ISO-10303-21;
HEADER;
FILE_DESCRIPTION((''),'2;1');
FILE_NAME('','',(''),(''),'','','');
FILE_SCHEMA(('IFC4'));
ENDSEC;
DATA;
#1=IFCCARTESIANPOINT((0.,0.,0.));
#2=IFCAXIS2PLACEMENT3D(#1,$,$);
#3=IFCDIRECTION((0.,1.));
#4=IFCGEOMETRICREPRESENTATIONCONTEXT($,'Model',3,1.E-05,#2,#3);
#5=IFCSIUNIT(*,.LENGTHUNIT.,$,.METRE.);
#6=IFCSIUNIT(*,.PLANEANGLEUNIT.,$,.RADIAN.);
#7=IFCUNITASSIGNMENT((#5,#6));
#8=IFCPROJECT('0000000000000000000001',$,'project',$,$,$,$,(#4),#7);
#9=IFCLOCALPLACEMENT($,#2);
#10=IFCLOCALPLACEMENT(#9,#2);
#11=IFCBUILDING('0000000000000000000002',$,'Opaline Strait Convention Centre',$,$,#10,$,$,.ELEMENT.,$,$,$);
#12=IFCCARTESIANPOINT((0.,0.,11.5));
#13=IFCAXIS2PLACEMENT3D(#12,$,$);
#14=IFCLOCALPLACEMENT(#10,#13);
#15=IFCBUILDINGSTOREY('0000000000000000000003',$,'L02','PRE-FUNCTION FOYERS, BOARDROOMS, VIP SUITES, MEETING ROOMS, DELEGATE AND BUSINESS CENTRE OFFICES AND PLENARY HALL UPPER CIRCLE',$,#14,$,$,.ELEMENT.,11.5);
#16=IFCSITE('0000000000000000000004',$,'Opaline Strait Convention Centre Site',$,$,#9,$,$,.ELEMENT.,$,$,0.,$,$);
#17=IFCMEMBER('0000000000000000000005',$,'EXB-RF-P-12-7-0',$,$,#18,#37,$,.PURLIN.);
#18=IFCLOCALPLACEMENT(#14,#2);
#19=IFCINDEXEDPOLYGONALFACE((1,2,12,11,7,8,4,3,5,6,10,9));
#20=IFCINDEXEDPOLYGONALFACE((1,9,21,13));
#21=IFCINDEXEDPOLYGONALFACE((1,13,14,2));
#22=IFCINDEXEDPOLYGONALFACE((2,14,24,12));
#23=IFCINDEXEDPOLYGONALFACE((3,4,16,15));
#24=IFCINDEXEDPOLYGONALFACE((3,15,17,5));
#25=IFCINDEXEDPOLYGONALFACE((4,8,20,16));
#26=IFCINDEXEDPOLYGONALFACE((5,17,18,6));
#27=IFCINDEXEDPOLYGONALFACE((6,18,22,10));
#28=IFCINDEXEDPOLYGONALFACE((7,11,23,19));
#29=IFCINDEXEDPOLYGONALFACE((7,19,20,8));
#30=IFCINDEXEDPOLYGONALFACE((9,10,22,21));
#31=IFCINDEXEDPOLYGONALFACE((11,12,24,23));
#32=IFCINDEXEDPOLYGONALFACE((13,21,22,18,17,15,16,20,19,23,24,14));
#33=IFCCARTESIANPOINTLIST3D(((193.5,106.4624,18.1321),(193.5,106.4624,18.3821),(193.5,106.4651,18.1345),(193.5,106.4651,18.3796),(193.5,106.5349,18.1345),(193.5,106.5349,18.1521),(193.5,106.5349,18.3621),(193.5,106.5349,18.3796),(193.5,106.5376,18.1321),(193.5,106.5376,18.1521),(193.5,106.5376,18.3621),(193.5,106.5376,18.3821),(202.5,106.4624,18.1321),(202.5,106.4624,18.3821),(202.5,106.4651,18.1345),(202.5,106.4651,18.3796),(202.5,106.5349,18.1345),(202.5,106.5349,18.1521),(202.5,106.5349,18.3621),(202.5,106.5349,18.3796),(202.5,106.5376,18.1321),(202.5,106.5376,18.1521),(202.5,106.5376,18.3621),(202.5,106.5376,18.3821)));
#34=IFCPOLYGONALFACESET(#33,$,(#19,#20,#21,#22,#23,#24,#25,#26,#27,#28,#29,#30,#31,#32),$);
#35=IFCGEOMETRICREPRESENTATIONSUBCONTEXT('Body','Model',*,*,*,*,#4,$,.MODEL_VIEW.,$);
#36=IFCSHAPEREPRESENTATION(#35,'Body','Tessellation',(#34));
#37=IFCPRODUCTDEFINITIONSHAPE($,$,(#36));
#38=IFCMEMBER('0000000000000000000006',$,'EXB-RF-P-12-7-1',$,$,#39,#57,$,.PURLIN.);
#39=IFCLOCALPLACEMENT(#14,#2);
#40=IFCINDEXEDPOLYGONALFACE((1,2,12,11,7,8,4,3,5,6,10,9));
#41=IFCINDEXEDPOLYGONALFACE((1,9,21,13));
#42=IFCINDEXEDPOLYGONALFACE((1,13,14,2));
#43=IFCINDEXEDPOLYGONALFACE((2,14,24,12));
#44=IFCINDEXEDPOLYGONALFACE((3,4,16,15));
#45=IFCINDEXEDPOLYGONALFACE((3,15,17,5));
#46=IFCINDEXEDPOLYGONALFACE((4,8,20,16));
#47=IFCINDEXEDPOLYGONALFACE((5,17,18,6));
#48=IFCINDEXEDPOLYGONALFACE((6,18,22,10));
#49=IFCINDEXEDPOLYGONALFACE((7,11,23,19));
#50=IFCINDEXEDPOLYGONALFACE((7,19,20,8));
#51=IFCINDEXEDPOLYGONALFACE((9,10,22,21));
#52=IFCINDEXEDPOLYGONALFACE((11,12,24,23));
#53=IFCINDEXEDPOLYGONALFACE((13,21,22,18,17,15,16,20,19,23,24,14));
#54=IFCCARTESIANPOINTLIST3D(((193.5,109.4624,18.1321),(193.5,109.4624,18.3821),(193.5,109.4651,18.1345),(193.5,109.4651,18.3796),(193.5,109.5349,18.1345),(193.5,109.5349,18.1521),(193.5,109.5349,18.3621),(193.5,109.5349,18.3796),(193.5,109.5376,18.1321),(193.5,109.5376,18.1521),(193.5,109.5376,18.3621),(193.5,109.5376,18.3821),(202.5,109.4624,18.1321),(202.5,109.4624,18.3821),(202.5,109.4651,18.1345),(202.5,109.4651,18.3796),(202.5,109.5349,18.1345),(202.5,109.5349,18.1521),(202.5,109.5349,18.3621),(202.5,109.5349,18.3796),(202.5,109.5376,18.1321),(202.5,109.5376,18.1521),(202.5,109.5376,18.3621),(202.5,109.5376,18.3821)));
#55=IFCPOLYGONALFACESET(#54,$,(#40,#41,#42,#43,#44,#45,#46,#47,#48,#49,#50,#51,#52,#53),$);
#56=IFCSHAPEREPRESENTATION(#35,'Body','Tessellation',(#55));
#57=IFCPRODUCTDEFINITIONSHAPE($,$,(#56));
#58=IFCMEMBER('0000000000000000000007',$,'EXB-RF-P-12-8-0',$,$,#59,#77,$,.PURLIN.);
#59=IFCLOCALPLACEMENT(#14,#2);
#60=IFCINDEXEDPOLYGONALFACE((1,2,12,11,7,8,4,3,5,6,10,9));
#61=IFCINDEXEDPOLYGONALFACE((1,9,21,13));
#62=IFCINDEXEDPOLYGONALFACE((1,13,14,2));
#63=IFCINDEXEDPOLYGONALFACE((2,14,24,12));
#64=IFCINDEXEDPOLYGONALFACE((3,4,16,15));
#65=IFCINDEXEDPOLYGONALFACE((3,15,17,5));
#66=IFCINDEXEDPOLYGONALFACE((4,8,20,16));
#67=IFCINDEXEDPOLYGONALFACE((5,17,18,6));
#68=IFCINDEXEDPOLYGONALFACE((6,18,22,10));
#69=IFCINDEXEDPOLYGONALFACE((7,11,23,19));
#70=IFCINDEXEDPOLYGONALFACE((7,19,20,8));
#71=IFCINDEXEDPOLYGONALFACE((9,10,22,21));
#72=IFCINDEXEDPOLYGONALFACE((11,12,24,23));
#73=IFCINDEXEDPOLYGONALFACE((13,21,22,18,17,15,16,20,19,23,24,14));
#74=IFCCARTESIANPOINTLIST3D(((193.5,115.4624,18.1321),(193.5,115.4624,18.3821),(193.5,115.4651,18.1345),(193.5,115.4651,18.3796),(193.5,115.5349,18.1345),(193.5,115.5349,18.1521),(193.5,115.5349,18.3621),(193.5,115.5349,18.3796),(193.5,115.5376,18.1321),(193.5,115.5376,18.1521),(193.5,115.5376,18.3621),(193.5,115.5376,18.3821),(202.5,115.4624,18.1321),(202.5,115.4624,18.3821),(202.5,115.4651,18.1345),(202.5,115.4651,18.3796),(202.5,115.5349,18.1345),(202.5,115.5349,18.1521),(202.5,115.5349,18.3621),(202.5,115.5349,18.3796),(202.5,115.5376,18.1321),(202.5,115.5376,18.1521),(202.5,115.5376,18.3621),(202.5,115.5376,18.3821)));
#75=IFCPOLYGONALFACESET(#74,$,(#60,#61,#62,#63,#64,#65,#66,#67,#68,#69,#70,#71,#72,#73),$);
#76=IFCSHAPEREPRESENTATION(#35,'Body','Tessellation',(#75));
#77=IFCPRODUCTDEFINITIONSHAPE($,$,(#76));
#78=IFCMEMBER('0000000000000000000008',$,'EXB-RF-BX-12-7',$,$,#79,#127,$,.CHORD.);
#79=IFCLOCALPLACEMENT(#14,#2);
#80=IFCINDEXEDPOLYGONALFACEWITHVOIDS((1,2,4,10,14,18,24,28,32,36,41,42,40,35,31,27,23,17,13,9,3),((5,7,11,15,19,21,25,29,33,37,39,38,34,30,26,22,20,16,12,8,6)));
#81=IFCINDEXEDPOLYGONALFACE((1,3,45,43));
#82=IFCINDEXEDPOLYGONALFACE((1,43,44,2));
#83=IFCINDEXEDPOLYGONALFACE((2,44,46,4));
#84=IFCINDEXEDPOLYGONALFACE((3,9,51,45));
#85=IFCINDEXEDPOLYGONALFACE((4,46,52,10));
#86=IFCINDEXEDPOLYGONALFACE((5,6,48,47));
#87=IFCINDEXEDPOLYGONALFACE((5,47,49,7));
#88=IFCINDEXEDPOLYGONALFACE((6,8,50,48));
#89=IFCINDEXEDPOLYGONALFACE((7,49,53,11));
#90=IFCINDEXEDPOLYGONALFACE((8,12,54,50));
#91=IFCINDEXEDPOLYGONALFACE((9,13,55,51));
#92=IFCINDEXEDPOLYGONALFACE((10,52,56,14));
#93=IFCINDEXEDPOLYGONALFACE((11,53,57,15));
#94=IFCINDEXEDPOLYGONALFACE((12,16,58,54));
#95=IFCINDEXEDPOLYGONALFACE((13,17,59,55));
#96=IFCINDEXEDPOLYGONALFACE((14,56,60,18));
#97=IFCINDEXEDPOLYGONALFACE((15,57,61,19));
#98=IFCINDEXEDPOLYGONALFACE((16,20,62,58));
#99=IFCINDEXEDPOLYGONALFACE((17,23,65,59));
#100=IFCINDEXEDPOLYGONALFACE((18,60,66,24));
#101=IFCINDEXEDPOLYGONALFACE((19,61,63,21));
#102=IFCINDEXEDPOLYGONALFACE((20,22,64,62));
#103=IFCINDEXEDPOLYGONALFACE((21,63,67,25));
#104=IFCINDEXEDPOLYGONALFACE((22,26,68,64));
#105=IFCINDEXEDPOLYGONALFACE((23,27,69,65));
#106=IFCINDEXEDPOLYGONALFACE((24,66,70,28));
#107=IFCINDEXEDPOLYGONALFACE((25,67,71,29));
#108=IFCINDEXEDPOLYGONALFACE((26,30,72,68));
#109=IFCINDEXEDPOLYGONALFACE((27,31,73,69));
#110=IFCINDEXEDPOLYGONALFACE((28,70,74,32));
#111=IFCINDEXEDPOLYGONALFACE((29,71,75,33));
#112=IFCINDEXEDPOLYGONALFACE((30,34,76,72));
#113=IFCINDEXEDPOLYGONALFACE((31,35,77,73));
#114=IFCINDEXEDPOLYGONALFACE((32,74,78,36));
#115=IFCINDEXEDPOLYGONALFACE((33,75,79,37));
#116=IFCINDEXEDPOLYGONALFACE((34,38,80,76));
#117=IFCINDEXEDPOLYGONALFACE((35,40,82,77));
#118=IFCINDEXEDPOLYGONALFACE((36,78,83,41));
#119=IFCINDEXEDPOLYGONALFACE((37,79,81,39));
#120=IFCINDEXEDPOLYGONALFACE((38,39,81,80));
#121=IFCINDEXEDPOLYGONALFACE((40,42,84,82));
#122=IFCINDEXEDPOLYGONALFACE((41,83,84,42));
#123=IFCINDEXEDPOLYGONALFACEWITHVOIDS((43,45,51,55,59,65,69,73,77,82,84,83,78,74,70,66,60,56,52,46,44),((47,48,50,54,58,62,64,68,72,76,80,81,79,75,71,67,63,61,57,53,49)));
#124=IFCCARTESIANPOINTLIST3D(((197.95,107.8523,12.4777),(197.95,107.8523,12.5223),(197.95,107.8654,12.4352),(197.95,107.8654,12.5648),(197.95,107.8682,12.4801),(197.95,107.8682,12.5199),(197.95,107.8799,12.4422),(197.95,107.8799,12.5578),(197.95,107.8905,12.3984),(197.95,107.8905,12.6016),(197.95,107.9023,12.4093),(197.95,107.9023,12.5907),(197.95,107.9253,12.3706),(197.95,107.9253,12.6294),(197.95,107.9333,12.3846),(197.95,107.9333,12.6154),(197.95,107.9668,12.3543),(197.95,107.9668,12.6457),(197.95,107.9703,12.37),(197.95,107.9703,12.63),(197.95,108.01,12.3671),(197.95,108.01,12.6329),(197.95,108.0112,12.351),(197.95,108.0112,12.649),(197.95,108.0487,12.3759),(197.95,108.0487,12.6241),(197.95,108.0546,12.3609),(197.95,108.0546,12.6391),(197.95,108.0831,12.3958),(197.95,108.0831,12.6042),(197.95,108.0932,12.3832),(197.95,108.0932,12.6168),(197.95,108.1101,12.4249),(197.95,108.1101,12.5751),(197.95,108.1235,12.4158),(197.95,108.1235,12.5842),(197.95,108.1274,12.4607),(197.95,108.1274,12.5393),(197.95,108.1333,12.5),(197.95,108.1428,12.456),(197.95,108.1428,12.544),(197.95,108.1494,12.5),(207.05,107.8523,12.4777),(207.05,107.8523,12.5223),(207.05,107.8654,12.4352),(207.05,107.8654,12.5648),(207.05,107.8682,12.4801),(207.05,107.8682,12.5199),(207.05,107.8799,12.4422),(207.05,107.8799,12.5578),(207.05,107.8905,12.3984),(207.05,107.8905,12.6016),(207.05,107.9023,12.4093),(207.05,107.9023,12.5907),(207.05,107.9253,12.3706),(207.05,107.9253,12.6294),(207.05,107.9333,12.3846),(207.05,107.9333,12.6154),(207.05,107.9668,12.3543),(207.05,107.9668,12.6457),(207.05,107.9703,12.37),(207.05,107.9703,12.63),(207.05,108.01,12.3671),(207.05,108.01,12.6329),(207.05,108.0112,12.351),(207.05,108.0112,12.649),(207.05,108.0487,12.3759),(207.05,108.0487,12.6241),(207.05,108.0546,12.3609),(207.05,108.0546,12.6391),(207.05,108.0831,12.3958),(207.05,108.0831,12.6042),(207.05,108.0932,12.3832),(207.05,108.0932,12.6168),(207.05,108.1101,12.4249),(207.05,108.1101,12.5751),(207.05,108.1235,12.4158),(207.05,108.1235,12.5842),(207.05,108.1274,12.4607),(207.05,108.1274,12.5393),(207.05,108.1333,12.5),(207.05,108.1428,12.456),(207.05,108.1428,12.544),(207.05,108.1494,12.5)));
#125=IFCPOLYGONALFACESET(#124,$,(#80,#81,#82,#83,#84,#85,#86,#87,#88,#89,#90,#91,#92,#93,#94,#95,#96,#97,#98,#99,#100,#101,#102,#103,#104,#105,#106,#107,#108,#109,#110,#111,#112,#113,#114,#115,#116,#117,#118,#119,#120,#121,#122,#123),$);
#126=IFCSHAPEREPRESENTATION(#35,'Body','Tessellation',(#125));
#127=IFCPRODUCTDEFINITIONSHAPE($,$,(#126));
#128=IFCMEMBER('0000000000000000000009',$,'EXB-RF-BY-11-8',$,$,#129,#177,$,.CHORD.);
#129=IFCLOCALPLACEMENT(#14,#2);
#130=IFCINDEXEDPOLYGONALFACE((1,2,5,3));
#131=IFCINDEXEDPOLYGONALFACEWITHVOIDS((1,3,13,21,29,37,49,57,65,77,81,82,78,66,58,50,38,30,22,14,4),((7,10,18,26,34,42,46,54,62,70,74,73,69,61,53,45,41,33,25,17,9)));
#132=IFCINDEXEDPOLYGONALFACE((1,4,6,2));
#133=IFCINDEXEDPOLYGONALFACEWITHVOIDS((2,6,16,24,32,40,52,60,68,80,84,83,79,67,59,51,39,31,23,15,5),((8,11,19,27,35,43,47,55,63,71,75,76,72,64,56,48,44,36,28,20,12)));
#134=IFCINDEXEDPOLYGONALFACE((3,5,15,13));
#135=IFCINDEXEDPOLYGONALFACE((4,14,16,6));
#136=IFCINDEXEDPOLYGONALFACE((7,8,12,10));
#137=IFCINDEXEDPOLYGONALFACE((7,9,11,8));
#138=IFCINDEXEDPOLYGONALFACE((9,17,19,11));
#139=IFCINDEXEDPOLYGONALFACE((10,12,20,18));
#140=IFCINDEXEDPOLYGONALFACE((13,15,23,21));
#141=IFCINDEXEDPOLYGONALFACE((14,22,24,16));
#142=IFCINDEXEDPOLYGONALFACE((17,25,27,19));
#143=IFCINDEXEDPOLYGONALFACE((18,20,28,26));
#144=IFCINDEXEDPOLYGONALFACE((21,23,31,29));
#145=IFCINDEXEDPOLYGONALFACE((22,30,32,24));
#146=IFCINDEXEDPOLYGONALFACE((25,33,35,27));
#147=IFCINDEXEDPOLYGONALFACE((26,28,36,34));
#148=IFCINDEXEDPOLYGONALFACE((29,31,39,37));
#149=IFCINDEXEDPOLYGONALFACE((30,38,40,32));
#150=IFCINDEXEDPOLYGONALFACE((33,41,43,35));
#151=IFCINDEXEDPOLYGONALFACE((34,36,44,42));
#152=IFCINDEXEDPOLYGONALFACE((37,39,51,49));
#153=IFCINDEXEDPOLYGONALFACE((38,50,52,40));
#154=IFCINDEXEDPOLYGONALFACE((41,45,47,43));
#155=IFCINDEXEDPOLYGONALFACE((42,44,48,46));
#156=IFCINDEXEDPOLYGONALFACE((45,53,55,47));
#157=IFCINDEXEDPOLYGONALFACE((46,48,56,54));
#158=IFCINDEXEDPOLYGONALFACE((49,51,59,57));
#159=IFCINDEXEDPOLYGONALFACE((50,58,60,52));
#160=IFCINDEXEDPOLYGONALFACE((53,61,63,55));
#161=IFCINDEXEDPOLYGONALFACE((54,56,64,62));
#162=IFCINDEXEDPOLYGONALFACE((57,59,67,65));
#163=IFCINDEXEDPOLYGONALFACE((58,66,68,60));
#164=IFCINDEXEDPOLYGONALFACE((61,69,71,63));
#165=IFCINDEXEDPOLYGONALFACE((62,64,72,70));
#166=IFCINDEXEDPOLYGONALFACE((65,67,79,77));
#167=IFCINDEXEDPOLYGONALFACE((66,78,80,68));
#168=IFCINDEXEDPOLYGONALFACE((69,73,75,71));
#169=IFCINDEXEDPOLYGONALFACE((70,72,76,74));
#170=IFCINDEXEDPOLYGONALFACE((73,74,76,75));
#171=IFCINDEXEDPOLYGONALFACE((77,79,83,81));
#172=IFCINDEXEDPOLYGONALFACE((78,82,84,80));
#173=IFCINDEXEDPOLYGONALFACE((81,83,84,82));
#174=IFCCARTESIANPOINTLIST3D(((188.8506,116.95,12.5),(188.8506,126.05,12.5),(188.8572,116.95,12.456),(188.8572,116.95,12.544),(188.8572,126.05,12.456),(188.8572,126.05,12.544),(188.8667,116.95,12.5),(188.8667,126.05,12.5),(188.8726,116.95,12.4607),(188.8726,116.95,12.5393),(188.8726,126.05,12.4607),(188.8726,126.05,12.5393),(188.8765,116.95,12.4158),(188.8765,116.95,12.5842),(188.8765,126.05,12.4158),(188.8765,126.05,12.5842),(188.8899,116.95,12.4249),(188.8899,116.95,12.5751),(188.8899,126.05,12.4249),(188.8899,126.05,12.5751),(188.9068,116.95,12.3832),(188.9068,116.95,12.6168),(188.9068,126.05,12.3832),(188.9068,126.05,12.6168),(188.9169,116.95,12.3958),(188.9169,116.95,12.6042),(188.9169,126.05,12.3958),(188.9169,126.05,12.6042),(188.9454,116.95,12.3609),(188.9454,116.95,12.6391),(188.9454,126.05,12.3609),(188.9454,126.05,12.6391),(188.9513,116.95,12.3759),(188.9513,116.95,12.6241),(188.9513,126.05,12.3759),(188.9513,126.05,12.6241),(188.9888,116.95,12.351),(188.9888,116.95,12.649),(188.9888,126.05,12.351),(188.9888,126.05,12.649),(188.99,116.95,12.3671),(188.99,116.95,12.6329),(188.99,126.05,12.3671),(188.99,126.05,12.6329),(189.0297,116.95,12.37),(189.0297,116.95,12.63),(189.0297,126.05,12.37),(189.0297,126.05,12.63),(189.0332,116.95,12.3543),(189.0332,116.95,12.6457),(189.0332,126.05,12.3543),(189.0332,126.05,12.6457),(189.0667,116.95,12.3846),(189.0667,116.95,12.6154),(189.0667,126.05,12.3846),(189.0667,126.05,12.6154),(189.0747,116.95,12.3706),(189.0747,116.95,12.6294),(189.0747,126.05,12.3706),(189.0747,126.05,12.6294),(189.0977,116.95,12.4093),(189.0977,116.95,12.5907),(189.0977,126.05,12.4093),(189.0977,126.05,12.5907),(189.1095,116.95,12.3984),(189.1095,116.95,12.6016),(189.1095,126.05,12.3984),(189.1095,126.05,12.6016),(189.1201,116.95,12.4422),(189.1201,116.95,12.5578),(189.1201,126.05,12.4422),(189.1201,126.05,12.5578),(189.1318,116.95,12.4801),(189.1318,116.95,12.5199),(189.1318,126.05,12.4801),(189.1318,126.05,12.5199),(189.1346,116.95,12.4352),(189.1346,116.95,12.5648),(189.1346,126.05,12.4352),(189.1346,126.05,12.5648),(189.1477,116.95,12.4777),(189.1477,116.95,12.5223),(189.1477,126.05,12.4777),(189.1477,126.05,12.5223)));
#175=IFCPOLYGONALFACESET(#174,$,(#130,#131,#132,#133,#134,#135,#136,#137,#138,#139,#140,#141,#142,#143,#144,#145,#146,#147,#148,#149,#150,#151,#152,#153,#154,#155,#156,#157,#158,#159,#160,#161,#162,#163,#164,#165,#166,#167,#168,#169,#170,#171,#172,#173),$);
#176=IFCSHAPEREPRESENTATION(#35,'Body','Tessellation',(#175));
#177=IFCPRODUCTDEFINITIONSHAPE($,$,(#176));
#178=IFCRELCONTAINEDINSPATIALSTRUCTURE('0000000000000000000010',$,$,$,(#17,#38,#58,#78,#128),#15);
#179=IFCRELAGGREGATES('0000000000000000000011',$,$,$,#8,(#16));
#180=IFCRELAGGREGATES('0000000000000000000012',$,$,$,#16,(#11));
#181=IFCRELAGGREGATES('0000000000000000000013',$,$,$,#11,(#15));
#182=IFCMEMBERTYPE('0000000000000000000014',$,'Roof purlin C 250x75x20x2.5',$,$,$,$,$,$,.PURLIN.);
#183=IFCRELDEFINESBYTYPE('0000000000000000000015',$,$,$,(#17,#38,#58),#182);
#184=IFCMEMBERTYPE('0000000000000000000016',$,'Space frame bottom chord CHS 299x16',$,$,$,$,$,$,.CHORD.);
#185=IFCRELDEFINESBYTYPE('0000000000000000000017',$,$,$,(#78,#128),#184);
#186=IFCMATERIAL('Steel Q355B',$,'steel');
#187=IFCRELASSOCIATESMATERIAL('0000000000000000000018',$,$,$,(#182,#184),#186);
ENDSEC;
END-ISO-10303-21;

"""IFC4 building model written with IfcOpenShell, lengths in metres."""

from ifc_helpers import new_model, si_unit, direction, frame, origin, origin_2d, place, context, subcontext, project, spatial, polyline, hollow_circle, outline, extrude, material, material_profile, profile_set, type_object, element, save


model = new_model("IFC4")

# Units and contexts
model_context = context("Model", 3, precision=1e-05, world=origin(), true_north=direction((0.0, 1.0)))
body_context = subcontext(model_context, "Body", "Model", "MODEL_VIEW")
ifc_project = project(units=[si_unit("LENGTHUNIT", "METRE"), si_unit("PLANEANGLEUNIT", "RADIAN")], contexts=[model_context])

# Site, building, storey
site_placement = place(None, origin())
site = spatial("IfcSite", under=ifc_project, at=site_placement, Name="Opaline Strait Convention Centre Site", CompositionType="ELEMENT", RefElevation=0.0)
building_placement = place(site_placement, origin())
building = spatial("IfcBuilding", under=site, at=building_placement, Name="Opaline Strait Convention Centre", CompositionType="ELEMENT")
storey_placement = place(building_placement, frame((0.0, 0.0, 11.5)))
storey = spatial("IfcBuildingStorey", under=building, at=storey_placement, Name="L02", Description="PRE-FUNCTION FOYERS, BOARDROOMS, VIP SUITES, MEETING ROOMS, DELEGATE AND BUSINESS CENTRE OFFICES AND PLENARY HALL UPPER CIRCLE", CompositionType="ELEMENT", Elevation=11.5)

# Members
ifc_material = material(Name="Steel Q355B", Category="steel")
ifc_material_profile_1 = material_profile(ifc_material, outline(polyline([(-0.0376, -0.125), (0.0376, -0.125), (0.0376, -0.105), (0.0349, -0.105), (0.0349, -0.1226), (-0.0349, -0.1226), (-0.0349, 0.1226), (0.0349, 0.1226), (0.0349, 0.105), (0.0376, 0.105), (0.0376, 0.125), (-0.0376, 0.125), (-0.0376, -0.125)])), Name="C 250x75x20x2.5")
ifc_profile_set_1 = profile_set([ifc_material_profile_1], Name="Steel Q355B")
member_type_1 = type_object("IfcMemberType", Name="Roof purlin C 250x75x20x2.5", PredefinedType="PURLIN", material=ifc_profile_set_1)
for number, where, z_axis, x_axis, name in (
    (1, (193.5, 106.5, 18.2571), (1.0, 0.0, 0.0), (0.0, 1.0, 0.0), "EXB-RF-P-12-7-0"),
    (2, (193.5, 109.5, 18.2571), (1.0, 0.0, 0.0), (0.0, 1.0, 0.0), "EXB-RF-P-12-7-1"),
    (3, (193.5, 115.5, 18.2571), (1.0, 0.0, 0.0), (0.0, 1.0, 0.0), "EXB-RF-P-12-8-0"),
):
    element("IfcMember", number, at=place(storey_placement, frame(where, z_axis=z_axis, x_axis=x_axis)), inside=storey, type_object=member_type_1, Name=name, PredefinedType="PURLIN", context=body_context, shape_type="SweptSolid", body=[
        extrude(outline(polyline([(-0.0376, -0.125), (0.0376, -0.125), (0.0376, -0.105), (0.0349, -0.105), (0.0349, -0.1226), (-0.0349, -0.1226), (-0.0349, 0.1226), (0.0349, 0.1226), (0.0349, 0.105), (0.0376, 0.105), (0.0376, 0.125), (-0.0376, 0.125), (-0.0376, -0.125)])), origin(), (0.0, 0.0, 1.0), 9.0),
    ])
ifc_material_profile_2 = material_profile(ifc_material, hollow_circle(Radius=0.1494, WallThickness=0.0161, at=origin_2d()), Name="CHS 299x16")
ifc_profile_set_2 = profile_set([ifc_material_profile_2], Name="Steel Q355B")
member_type_2 = type_object("IfcMemberType", Name="Space frame bottom chord CHS 299x16", PredefinedType="CHORD", material=ifc_profile_set_2)
for number, where, z_axis, x_axis, name in (
    (4, (197.95, 108.0, 12.5), (1.0, 0.0, 0.0), (0.0, 1.0, 0.0), "EXB-RF-BX-12-7"),
    (5, (189.0, 116.95, 12.5), (0.0, 1.0, 0.0), (-1.0, 0.0, 0.0), "EXB-RF-BY-11-8"),
):
    element("IfcMember", number, at=place(storey_placement, frame(where, z_axis=z_axis, x_axis=x_axis)), inside=storey, type_object=member_type_2, Name=name, PredefinedType="CHORD", context=body_context, shape_type="SweptSolid", body=[
        extrude(hollow_circle(Radius=0.1494, WallThickness=0.0161, at=origin_2d()), origin(), (0.0, 0.0, 1.0), 9.1001),
    ])

save(model, "model.ifc")
